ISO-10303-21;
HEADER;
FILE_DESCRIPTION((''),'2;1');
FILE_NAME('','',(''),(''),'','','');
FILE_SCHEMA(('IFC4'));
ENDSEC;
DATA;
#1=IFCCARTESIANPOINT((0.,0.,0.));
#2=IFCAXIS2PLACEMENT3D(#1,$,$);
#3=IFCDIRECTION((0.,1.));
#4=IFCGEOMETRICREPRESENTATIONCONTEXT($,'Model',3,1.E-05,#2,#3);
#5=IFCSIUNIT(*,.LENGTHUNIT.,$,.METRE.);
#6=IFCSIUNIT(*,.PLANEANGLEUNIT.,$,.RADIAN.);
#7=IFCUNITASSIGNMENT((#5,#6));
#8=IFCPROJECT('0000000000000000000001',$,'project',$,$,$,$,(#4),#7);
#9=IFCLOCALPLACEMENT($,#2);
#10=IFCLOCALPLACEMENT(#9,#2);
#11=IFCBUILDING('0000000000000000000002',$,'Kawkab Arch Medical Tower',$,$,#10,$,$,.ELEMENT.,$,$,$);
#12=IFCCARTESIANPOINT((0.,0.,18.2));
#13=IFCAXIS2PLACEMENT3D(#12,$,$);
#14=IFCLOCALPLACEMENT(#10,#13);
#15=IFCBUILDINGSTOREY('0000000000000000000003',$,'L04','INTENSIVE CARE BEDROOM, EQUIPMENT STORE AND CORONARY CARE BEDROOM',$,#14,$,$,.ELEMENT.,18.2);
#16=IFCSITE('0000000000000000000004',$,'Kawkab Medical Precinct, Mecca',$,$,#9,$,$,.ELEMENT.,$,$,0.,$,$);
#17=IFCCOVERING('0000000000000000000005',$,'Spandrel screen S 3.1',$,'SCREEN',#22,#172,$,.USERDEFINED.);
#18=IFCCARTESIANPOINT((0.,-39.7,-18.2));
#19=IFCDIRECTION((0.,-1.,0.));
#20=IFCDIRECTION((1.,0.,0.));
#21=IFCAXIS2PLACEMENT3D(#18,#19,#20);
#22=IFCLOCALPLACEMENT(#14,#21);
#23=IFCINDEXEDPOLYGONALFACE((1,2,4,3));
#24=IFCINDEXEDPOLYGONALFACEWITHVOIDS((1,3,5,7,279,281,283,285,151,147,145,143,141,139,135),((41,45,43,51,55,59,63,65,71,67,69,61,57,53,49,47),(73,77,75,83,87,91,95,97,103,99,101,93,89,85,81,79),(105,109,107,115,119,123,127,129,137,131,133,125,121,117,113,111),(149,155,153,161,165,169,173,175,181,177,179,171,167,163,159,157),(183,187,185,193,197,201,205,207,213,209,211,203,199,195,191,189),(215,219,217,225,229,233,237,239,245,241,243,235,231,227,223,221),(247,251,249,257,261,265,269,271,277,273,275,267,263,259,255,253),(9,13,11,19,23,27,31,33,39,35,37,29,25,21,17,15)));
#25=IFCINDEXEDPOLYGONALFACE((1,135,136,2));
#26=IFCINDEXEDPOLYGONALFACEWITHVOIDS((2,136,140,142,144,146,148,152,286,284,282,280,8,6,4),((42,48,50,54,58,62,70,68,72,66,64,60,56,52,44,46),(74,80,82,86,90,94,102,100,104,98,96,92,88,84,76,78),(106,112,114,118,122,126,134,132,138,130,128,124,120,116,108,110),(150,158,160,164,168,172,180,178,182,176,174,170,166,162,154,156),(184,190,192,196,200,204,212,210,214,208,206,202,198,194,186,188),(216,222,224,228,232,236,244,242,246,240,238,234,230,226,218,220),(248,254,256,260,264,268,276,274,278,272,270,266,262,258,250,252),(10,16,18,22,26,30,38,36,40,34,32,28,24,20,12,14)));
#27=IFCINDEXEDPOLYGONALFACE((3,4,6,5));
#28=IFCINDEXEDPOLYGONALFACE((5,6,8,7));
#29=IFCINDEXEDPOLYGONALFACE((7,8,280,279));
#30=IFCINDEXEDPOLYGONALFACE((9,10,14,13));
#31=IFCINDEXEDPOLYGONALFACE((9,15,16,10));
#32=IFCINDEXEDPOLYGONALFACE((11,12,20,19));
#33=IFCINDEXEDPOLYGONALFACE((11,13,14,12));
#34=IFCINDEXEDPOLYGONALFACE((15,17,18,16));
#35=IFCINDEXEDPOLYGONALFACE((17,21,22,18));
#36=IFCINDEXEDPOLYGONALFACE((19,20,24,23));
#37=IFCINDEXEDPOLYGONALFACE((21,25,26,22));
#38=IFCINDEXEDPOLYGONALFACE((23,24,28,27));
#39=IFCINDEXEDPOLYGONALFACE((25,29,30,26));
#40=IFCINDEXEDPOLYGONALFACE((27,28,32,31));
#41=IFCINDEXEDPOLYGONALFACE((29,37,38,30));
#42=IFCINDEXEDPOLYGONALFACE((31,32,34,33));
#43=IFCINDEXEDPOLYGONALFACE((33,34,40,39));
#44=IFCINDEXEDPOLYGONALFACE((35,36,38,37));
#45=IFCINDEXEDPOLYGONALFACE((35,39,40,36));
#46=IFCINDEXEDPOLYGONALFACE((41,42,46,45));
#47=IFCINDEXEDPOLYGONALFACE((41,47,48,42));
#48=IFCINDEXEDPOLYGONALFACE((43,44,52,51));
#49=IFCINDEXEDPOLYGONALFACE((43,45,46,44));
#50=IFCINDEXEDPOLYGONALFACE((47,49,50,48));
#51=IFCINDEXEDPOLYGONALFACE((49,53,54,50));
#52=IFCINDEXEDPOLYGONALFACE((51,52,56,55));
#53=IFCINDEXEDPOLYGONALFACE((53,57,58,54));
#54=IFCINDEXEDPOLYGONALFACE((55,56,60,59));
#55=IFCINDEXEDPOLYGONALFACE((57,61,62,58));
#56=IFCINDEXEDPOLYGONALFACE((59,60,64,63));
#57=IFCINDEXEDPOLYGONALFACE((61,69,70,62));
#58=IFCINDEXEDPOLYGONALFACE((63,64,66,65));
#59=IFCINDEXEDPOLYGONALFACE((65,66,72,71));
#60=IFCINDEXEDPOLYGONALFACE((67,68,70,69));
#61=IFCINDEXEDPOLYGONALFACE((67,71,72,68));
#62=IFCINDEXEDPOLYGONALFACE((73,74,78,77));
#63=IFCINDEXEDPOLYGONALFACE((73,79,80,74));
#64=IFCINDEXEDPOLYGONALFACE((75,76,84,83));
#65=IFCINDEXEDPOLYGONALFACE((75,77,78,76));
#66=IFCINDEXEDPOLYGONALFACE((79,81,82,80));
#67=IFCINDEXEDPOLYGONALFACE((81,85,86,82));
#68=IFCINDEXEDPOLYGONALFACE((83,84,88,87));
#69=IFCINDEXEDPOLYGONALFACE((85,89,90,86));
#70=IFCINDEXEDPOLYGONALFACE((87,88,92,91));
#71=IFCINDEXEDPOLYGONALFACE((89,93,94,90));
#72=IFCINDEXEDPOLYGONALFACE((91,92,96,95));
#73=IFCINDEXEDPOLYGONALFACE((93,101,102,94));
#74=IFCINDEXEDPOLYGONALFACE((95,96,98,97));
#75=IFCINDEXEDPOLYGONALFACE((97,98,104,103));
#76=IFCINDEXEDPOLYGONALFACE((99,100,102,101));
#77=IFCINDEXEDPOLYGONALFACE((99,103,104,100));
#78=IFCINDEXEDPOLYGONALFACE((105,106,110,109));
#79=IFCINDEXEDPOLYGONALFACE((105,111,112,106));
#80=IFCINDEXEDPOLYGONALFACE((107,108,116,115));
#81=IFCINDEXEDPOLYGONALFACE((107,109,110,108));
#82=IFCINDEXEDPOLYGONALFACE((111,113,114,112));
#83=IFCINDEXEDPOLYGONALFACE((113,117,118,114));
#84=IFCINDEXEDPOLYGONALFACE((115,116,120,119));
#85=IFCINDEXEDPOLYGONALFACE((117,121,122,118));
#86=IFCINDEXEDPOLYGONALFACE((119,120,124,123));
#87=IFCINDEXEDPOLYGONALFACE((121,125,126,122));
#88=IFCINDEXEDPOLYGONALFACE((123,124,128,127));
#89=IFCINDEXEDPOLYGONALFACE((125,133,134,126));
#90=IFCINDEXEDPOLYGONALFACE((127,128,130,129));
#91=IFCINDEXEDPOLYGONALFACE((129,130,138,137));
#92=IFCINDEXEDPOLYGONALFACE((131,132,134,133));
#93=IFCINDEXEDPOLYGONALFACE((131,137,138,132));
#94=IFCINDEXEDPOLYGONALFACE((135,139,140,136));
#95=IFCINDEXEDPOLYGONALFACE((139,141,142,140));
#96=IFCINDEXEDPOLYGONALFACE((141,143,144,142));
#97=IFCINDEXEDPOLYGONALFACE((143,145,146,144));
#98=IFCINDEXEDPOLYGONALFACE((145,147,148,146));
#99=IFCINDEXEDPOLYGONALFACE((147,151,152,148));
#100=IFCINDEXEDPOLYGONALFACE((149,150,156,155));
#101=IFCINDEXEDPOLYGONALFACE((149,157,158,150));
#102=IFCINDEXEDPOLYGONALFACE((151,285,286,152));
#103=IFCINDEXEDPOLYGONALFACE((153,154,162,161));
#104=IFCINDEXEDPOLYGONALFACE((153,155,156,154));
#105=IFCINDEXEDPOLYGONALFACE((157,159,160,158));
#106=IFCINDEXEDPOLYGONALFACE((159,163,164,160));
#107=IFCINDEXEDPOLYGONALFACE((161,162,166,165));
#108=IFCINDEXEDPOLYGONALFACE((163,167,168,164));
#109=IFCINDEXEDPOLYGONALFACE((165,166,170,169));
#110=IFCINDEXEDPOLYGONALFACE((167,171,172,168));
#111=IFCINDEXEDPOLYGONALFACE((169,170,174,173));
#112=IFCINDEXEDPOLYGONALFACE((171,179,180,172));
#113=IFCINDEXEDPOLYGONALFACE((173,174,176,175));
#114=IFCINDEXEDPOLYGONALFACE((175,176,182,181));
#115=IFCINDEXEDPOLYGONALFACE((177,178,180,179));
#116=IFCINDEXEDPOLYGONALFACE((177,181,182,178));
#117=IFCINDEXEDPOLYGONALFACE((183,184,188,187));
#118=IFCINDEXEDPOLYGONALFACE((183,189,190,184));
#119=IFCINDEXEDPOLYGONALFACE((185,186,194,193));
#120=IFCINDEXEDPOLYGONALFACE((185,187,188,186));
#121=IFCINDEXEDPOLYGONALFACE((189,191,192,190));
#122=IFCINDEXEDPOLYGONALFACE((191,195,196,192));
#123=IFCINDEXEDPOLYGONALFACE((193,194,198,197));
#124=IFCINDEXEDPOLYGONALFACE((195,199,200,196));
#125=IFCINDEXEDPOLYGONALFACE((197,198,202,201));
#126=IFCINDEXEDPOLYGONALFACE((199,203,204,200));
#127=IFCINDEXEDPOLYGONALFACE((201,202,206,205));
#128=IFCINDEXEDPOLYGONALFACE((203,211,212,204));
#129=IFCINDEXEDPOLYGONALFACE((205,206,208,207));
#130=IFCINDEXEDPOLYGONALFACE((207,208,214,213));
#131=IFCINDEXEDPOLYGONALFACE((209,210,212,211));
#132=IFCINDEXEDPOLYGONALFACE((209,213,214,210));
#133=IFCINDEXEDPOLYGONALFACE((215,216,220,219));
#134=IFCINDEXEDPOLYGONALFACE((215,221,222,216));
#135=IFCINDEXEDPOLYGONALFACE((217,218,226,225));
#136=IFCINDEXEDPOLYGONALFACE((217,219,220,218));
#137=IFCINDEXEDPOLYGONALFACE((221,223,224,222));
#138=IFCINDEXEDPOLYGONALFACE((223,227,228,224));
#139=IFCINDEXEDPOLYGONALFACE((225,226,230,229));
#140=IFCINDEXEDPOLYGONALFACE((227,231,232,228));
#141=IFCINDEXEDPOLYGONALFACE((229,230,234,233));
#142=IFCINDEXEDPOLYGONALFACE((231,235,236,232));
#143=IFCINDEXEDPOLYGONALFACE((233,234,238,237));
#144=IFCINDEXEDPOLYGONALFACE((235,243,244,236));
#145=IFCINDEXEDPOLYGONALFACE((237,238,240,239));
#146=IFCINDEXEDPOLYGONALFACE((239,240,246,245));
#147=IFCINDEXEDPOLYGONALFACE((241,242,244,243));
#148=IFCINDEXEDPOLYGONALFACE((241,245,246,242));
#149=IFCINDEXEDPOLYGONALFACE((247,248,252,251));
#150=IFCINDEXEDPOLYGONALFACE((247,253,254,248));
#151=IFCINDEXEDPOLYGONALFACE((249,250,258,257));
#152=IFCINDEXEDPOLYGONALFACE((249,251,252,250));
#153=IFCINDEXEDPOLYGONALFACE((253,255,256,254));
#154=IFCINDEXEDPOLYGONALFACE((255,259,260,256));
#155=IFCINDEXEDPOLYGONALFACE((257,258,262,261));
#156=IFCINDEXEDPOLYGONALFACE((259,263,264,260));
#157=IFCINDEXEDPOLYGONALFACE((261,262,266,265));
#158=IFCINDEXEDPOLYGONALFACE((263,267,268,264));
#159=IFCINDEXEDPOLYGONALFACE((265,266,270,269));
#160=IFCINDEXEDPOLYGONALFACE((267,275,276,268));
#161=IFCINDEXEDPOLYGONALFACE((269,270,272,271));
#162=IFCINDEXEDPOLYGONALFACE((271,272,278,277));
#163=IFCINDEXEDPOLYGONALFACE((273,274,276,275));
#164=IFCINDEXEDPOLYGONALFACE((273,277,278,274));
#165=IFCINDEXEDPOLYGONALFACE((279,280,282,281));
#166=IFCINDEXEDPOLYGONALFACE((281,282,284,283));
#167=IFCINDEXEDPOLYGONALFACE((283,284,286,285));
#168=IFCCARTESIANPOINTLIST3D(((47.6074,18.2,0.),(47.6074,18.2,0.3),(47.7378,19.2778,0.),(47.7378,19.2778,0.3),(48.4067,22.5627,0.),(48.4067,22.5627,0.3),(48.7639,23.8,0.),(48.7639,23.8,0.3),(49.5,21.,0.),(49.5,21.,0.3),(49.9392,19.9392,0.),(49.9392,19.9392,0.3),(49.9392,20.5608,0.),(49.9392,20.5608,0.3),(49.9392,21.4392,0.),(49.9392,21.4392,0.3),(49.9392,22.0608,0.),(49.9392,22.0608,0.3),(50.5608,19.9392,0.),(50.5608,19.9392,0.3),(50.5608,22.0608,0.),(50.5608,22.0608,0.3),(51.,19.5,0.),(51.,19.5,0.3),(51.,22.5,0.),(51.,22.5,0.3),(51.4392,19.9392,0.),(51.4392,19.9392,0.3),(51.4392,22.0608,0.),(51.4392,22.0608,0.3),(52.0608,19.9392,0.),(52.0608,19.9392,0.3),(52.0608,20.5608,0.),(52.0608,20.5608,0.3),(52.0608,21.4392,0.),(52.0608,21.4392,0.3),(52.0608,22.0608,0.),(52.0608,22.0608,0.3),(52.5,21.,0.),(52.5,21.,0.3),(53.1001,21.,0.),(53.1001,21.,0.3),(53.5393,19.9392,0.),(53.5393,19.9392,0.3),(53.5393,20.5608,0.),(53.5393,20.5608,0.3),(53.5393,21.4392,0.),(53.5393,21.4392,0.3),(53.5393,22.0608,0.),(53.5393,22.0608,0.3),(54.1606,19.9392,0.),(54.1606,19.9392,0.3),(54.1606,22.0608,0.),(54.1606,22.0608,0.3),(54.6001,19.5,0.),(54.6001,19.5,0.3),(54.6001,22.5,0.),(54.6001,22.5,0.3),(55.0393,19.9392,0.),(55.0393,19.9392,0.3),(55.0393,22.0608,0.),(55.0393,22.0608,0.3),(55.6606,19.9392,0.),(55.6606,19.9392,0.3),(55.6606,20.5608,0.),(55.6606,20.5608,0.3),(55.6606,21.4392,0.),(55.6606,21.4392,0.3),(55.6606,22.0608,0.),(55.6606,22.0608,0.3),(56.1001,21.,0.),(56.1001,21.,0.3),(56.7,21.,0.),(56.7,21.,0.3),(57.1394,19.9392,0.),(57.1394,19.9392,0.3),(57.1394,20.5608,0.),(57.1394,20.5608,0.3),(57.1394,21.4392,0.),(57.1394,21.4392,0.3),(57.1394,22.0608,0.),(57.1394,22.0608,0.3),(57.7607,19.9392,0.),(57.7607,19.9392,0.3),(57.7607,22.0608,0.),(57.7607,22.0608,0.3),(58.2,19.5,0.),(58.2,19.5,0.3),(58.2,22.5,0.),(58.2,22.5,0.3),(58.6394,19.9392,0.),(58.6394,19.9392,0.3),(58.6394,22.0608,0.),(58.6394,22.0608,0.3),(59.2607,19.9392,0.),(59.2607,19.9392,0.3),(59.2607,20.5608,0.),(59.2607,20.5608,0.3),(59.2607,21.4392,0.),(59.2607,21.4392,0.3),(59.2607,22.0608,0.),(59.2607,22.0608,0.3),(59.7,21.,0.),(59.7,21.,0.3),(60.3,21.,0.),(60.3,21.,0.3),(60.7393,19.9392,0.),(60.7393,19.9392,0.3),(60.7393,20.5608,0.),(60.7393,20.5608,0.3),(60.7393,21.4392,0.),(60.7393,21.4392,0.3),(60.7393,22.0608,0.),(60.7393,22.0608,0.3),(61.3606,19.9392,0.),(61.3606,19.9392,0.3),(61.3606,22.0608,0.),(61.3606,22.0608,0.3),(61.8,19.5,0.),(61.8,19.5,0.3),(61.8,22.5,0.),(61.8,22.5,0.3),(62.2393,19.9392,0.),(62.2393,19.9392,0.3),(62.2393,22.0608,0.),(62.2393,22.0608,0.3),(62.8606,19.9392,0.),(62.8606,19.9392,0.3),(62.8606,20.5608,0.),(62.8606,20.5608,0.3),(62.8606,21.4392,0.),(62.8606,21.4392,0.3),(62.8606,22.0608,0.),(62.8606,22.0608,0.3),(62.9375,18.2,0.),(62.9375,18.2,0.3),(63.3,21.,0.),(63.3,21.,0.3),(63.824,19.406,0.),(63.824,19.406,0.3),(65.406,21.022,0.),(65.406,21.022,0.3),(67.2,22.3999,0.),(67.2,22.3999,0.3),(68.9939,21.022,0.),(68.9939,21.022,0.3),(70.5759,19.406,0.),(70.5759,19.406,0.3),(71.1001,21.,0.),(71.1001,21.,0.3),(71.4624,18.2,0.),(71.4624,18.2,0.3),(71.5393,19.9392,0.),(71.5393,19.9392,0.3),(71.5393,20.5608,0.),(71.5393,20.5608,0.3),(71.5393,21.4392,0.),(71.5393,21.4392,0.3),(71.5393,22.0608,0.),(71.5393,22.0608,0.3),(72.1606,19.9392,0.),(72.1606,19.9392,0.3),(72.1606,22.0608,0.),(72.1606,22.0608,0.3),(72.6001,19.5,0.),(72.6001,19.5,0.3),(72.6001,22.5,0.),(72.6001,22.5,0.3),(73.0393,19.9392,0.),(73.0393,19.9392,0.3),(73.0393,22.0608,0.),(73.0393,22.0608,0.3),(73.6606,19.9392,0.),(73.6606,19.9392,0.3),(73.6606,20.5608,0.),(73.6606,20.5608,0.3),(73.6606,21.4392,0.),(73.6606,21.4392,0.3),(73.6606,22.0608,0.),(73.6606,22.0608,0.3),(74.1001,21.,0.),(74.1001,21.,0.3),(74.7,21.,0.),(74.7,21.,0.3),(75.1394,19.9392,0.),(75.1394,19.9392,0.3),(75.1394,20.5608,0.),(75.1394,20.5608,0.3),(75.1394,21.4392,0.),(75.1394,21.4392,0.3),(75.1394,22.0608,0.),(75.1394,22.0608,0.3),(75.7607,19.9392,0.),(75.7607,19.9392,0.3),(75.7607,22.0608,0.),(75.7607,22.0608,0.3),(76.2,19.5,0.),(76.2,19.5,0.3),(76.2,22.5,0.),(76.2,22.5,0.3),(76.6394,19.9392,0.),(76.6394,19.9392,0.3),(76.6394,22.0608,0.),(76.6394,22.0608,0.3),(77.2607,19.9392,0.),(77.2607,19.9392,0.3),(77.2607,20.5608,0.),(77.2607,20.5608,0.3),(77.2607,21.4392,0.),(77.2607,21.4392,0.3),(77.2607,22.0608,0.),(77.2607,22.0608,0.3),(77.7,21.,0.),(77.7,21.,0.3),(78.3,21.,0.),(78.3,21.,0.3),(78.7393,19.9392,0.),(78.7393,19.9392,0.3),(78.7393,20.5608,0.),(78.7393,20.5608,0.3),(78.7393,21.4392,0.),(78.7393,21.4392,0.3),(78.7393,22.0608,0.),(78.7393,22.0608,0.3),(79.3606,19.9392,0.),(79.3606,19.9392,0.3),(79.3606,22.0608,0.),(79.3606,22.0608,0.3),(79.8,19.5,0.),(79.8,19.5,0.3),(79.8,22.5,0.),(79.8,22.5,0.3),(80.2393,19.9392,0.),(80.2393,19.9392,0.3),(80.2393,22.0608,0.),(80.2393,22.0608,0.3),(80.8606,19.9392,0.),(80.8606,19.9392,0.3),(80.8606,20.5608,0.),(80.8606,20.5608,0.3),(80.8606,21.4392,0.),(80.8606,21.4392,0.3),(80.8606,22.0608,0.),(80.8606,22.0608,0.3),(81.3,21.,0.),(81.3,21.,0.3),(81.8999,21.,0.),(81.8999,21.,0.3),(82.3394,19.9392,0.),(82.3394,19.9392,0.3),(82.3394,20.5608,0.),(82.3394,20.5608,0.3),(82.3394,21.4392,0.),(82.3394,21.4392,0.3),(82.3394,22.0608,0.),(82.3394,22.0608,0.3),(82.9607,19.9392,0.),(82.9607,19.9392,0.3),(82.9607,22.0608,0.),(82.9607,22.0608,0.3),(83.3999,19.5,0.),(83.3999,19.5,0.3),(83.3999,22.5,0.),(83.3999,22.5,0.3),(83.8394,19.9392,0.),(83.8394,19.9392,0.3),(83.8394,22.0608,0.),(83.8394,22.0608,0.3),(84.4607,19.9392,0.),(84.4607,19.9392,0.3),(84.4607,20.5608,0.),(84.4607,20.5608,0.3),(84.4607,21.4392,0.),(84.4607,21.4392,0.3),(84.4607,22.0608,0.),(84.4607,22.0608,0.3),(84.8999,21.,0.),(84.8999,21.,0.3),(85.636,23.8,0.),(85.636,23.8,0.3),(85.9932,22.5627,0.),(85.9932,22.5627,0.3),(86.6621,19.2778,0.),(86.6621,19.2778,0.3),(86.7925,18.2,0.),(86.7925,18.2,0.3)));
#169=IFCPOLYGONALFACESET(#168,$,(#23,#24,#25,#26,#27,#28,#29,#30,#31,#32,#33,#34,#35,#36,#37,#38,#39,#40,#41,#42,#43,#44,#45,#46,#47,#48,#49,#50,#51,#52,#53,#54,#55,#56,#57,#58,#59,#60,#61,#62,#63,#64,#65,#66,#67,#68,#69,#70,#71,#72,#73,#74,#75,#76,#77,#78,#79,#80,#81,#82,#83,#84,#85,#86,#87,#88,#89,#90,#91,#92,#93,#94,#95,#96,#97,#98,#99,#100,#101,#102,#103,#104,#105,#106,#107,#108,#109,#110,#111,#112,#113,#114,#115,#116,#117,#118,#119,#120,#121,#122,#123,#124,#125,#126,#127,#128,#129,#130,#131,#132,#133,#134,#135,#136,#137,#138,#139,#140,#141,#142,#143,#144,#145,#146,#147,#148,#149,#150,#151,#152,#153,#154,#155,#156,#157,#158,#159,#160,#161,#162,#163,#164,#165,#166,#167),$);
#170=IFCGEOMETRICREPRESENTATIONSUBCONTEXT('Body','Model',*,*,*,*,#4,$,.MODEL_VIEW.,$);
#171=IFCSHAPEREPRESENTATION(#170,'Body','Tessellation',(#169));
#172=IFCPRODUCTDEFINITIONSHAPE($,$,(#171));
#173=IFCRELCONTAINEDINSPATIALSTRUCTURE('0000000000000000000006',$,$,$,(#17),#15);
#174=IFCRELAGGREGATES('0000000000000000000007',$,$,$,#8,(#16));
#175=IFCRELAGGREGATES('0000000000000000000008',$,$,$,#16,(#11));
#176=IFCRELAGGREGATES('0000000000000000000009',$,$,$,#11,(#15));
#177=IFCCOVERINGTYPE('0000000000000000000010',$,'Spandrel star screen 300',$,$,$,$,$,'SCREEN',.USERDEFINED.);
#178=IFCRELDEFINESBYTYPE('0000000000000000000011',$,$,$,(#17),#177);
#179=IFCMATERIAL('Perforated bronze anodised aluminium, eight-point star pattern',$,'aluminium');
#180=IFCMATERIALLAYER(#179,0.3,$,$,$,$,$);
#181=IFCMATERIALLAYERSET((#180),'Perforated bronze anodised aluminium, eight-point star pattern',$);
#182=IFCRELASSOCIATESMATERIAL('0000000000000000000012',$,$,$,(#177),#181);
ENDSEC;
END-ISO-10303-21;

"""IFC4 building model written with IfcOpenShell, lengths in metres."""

from ifc_helpers import new_model, si_unit, direction, frame, origin, place, context, subcontext, project, spatial, polyline, outline, extrude, material, layer, layer_set, type_object, element, save


model = new_model("IFC4")

# Units and contexts
model_context = context("Model", 3, precision=1e-05, world=origin(), true_north=direction((0.0, 1.0)))
body_context = subcontext(model_context, "Body", "Model", "MODEL_VIEW")
ifc_project = project(units=[si_unit("LENGTHUNIT", "METRE"), si_unit("PLANEANGLEUNIT", "RADIAN")], contexts=[model_context])

# Site, building, storey
site_placement = place(None, origin())
site = spatial("IfcSite", under=ifc_project, at=site_placement, Name="Kawkab Medical Precinct, Mecca", CompositionType="ELEMENT", RefElevation=0.0)
building_placement = place(site_placement, origin())
building = spatial("IfcBuilding", under=site, at=building_placement, Name="Kawkab Arch Medical Tower", CompositionType="ELEMENT")
storey_placement = place(building_placement, frame((0.0, 0.0, 18.2)))
storey = spatial("IfcBuildingStorey", under=building, at=storey_placement, Name="L04", Description="INTENSIVE CARE BEDROOM, EQUIPMENT STORE AND CORONARY CARE BEDROOM", CompositionType="ELEMENT", Elevation=18.2)

# Covering
ifc_material_1 = material(Name="Perforated bronze anodised aluminium, eight-point star pattern", Category="aluminium")
ifc_layer_1 = layer(ifc_material_1, 0.3)
ifc_layer_set_1 = layer_set([ifc_layer_1], Name="Perforated bronze anodised aluminium, eight-point star pattern")
covering_type = type_object("IfcCoveringType", Name="Spandrel star screen 300", ElementType="SCREEN", PredefinedType="USERDEFINED", material=ifc_layer_set_1)
covering_placement = place(storey_placement, frame((0.0, -39.7, -18.2), z_axis=(0.0, -1.0, 0.0), x_axis=(1.0, 0.0, 0.0)))
element("IfcCovering", 1, at=covering_placement, inside=storey, type_object=covering_type, Name="Spandrel screen S 3.1", ObjectType="SCREEN", PredefinedType="USERDEFINED", context=body_context, shape_type="SweptSolid", body=[
    extrude(outline(polyline([(47.6074, 18.2), (62.9375, 18.2), (63.824, 19.406), (65.406, 21.022), (67.2, 22.3999), (68.9939, 21.022), (70.5759, 19.406), (71.4624, 18.2), (86.7925, 18.2), (86.6621, 19.2778), (85.9932, 22.5627), (85.636, 23.8), (48.7639, 23.8), (48.4067, 22.5627), (47.7378, 19.2778), (47.6074, 18.2)]), holes=[polyline([(52.5, 21.0), (52.0608, 21.4392), (52.0608, 22.0608), (51.4392, 22.0608), (51.0, 22.5), (50.5608, 22.0608), (49.9392, 22.0608), (49.9392, 21.4392), (49.5, 21.0), (49.9392, 20.5608), (49.9392, 19.9392), (50.5608, 19.9392), (51.0, 19.5), (51.4392, 19.9392), (52.0608, 19.9392), (52.0608, 20.5608), (52.5, 21.0)]), polyline([(56.1001, 21.0), (55.6606, 21.4392), (55.6606, 22.0608), (55.0393, 22.0608), (54.6001, 22.5), (54.1606, 22.0608), (53.5393, 22.0608), (53.5393, 21.4392), (53.1001, 21.0), (53.5393, 20.5608), (53.5393, 19.9392), (54.1606, 19.9392), (54.6001, 19.5), (55.0393, 19.9392), (55.6606, 19.9392), (55.6606, 20.5608), (56.1001, 21.0)]), polyline([(59.7, 21.0), (59.2607, 21.4392), (59.2607, 22.0608), (58.6394, 22.0608), (58.2, 22.5), (57.7607, 22.0608), (57.1394, 22.0608), (57.1394, 21.4392), (56.7, 21.0), (57.1394, 20.5608), (57.1394, 19.9392), (57.7607, 19.9392), (58.2, 19.5), (58.6394, 19.9392), (59.2607, 19.9392), (59.2607, 20.5608), (59.7, 21.0)]), polyline([(63.3, 21.0), (62.8606, 21.4392), (62.8606, 22.0608), (62.2393, 22.0608), (61.8, 22.5), (61.3606, 22.0608), (60.7393, 22.0608), (60.7393, 21.4392), (60.3, 21.0), (60.7393, 20.5608), (60.7393, 19.9392), (61.3606, 19.9392), (61.8, 19.5), (62.2393, 19.9392), (62.8606, 19.9392), (62.8606, 20.5608), (63.3, 21.0)]), polyline([(74.1001, 21.0), (73.6606, 21.4392), (73.6606, 22.0608), (73.0393, 22.0608), (72.6001, 22.5), (72.1606, 22.0608), (71.5393, 22.0608), (71.5393, 21.4392), (71.1001, 21.0), (71.5393, 20.5608), (71.5393, 19.9392), (72.1606, 19.9392), (72.6001, 19.5), (73.0393, 19.9392), (73.6606, 19.9392), (73.6606, 20.5608), (74.1001, 21.0)]), polyline([(77.7, 21.0), (77.2607, 21.4392), (77.2607, 22.0608), (76.6394, 22.0608), (76.2, 22.5), (75.7607, 22.0608), (75.1394, 22.0608), (75.1394, 21.4392), (74.7, 21.0), (75.1394, 20.5608), (75.1394, 19.9392), (75.7607, 19.9392), (76.2, 19.5), (76.6394, 19.9392), (77.2607, 19.9392), (77.2607, 20.5608), (77.7, 21.0)]), polyline([(81.3, 21.0), (80.8606, 21.4392), (80.8606, 22.0608), (80.2393, 22.0608), (79.8, 22.5), (79.3606, 22.0608), (78.7393, 22.0608), (78.7393, 21.4392), (78.3, 21.0), (78.7393, 20.5608), (78.7393, 19.9392), (79.3606, 19.9392), (79.8, 19.5), (80.2393, 19.9392), (80.8606, 19.9392), (80.8606, 20.5608), (81.3, 21.0)]), polyline([(84.8999, 21.0), (84.4607, 21.4392), (84.4607, 22.0608), (83.8394, 22.0608), (83.3999, 22.5), (82.9607, 22.0608), (82.3394, 22.0608), (82.3394, 21.4392), (81.8999, 21.0), (82.3394, 20.5608), (82.3394, 19.9392), (82.9607, 19.9392), (83.3999, 19.5), (83.8394, 19.9392), (84.4607, 19.9392), (84.4607, 20.5608), (84.8999, 21.0)])]), origin(), (0.0, 0.0, 1.0), 0.3),
])

save(model, "model.ifc")
